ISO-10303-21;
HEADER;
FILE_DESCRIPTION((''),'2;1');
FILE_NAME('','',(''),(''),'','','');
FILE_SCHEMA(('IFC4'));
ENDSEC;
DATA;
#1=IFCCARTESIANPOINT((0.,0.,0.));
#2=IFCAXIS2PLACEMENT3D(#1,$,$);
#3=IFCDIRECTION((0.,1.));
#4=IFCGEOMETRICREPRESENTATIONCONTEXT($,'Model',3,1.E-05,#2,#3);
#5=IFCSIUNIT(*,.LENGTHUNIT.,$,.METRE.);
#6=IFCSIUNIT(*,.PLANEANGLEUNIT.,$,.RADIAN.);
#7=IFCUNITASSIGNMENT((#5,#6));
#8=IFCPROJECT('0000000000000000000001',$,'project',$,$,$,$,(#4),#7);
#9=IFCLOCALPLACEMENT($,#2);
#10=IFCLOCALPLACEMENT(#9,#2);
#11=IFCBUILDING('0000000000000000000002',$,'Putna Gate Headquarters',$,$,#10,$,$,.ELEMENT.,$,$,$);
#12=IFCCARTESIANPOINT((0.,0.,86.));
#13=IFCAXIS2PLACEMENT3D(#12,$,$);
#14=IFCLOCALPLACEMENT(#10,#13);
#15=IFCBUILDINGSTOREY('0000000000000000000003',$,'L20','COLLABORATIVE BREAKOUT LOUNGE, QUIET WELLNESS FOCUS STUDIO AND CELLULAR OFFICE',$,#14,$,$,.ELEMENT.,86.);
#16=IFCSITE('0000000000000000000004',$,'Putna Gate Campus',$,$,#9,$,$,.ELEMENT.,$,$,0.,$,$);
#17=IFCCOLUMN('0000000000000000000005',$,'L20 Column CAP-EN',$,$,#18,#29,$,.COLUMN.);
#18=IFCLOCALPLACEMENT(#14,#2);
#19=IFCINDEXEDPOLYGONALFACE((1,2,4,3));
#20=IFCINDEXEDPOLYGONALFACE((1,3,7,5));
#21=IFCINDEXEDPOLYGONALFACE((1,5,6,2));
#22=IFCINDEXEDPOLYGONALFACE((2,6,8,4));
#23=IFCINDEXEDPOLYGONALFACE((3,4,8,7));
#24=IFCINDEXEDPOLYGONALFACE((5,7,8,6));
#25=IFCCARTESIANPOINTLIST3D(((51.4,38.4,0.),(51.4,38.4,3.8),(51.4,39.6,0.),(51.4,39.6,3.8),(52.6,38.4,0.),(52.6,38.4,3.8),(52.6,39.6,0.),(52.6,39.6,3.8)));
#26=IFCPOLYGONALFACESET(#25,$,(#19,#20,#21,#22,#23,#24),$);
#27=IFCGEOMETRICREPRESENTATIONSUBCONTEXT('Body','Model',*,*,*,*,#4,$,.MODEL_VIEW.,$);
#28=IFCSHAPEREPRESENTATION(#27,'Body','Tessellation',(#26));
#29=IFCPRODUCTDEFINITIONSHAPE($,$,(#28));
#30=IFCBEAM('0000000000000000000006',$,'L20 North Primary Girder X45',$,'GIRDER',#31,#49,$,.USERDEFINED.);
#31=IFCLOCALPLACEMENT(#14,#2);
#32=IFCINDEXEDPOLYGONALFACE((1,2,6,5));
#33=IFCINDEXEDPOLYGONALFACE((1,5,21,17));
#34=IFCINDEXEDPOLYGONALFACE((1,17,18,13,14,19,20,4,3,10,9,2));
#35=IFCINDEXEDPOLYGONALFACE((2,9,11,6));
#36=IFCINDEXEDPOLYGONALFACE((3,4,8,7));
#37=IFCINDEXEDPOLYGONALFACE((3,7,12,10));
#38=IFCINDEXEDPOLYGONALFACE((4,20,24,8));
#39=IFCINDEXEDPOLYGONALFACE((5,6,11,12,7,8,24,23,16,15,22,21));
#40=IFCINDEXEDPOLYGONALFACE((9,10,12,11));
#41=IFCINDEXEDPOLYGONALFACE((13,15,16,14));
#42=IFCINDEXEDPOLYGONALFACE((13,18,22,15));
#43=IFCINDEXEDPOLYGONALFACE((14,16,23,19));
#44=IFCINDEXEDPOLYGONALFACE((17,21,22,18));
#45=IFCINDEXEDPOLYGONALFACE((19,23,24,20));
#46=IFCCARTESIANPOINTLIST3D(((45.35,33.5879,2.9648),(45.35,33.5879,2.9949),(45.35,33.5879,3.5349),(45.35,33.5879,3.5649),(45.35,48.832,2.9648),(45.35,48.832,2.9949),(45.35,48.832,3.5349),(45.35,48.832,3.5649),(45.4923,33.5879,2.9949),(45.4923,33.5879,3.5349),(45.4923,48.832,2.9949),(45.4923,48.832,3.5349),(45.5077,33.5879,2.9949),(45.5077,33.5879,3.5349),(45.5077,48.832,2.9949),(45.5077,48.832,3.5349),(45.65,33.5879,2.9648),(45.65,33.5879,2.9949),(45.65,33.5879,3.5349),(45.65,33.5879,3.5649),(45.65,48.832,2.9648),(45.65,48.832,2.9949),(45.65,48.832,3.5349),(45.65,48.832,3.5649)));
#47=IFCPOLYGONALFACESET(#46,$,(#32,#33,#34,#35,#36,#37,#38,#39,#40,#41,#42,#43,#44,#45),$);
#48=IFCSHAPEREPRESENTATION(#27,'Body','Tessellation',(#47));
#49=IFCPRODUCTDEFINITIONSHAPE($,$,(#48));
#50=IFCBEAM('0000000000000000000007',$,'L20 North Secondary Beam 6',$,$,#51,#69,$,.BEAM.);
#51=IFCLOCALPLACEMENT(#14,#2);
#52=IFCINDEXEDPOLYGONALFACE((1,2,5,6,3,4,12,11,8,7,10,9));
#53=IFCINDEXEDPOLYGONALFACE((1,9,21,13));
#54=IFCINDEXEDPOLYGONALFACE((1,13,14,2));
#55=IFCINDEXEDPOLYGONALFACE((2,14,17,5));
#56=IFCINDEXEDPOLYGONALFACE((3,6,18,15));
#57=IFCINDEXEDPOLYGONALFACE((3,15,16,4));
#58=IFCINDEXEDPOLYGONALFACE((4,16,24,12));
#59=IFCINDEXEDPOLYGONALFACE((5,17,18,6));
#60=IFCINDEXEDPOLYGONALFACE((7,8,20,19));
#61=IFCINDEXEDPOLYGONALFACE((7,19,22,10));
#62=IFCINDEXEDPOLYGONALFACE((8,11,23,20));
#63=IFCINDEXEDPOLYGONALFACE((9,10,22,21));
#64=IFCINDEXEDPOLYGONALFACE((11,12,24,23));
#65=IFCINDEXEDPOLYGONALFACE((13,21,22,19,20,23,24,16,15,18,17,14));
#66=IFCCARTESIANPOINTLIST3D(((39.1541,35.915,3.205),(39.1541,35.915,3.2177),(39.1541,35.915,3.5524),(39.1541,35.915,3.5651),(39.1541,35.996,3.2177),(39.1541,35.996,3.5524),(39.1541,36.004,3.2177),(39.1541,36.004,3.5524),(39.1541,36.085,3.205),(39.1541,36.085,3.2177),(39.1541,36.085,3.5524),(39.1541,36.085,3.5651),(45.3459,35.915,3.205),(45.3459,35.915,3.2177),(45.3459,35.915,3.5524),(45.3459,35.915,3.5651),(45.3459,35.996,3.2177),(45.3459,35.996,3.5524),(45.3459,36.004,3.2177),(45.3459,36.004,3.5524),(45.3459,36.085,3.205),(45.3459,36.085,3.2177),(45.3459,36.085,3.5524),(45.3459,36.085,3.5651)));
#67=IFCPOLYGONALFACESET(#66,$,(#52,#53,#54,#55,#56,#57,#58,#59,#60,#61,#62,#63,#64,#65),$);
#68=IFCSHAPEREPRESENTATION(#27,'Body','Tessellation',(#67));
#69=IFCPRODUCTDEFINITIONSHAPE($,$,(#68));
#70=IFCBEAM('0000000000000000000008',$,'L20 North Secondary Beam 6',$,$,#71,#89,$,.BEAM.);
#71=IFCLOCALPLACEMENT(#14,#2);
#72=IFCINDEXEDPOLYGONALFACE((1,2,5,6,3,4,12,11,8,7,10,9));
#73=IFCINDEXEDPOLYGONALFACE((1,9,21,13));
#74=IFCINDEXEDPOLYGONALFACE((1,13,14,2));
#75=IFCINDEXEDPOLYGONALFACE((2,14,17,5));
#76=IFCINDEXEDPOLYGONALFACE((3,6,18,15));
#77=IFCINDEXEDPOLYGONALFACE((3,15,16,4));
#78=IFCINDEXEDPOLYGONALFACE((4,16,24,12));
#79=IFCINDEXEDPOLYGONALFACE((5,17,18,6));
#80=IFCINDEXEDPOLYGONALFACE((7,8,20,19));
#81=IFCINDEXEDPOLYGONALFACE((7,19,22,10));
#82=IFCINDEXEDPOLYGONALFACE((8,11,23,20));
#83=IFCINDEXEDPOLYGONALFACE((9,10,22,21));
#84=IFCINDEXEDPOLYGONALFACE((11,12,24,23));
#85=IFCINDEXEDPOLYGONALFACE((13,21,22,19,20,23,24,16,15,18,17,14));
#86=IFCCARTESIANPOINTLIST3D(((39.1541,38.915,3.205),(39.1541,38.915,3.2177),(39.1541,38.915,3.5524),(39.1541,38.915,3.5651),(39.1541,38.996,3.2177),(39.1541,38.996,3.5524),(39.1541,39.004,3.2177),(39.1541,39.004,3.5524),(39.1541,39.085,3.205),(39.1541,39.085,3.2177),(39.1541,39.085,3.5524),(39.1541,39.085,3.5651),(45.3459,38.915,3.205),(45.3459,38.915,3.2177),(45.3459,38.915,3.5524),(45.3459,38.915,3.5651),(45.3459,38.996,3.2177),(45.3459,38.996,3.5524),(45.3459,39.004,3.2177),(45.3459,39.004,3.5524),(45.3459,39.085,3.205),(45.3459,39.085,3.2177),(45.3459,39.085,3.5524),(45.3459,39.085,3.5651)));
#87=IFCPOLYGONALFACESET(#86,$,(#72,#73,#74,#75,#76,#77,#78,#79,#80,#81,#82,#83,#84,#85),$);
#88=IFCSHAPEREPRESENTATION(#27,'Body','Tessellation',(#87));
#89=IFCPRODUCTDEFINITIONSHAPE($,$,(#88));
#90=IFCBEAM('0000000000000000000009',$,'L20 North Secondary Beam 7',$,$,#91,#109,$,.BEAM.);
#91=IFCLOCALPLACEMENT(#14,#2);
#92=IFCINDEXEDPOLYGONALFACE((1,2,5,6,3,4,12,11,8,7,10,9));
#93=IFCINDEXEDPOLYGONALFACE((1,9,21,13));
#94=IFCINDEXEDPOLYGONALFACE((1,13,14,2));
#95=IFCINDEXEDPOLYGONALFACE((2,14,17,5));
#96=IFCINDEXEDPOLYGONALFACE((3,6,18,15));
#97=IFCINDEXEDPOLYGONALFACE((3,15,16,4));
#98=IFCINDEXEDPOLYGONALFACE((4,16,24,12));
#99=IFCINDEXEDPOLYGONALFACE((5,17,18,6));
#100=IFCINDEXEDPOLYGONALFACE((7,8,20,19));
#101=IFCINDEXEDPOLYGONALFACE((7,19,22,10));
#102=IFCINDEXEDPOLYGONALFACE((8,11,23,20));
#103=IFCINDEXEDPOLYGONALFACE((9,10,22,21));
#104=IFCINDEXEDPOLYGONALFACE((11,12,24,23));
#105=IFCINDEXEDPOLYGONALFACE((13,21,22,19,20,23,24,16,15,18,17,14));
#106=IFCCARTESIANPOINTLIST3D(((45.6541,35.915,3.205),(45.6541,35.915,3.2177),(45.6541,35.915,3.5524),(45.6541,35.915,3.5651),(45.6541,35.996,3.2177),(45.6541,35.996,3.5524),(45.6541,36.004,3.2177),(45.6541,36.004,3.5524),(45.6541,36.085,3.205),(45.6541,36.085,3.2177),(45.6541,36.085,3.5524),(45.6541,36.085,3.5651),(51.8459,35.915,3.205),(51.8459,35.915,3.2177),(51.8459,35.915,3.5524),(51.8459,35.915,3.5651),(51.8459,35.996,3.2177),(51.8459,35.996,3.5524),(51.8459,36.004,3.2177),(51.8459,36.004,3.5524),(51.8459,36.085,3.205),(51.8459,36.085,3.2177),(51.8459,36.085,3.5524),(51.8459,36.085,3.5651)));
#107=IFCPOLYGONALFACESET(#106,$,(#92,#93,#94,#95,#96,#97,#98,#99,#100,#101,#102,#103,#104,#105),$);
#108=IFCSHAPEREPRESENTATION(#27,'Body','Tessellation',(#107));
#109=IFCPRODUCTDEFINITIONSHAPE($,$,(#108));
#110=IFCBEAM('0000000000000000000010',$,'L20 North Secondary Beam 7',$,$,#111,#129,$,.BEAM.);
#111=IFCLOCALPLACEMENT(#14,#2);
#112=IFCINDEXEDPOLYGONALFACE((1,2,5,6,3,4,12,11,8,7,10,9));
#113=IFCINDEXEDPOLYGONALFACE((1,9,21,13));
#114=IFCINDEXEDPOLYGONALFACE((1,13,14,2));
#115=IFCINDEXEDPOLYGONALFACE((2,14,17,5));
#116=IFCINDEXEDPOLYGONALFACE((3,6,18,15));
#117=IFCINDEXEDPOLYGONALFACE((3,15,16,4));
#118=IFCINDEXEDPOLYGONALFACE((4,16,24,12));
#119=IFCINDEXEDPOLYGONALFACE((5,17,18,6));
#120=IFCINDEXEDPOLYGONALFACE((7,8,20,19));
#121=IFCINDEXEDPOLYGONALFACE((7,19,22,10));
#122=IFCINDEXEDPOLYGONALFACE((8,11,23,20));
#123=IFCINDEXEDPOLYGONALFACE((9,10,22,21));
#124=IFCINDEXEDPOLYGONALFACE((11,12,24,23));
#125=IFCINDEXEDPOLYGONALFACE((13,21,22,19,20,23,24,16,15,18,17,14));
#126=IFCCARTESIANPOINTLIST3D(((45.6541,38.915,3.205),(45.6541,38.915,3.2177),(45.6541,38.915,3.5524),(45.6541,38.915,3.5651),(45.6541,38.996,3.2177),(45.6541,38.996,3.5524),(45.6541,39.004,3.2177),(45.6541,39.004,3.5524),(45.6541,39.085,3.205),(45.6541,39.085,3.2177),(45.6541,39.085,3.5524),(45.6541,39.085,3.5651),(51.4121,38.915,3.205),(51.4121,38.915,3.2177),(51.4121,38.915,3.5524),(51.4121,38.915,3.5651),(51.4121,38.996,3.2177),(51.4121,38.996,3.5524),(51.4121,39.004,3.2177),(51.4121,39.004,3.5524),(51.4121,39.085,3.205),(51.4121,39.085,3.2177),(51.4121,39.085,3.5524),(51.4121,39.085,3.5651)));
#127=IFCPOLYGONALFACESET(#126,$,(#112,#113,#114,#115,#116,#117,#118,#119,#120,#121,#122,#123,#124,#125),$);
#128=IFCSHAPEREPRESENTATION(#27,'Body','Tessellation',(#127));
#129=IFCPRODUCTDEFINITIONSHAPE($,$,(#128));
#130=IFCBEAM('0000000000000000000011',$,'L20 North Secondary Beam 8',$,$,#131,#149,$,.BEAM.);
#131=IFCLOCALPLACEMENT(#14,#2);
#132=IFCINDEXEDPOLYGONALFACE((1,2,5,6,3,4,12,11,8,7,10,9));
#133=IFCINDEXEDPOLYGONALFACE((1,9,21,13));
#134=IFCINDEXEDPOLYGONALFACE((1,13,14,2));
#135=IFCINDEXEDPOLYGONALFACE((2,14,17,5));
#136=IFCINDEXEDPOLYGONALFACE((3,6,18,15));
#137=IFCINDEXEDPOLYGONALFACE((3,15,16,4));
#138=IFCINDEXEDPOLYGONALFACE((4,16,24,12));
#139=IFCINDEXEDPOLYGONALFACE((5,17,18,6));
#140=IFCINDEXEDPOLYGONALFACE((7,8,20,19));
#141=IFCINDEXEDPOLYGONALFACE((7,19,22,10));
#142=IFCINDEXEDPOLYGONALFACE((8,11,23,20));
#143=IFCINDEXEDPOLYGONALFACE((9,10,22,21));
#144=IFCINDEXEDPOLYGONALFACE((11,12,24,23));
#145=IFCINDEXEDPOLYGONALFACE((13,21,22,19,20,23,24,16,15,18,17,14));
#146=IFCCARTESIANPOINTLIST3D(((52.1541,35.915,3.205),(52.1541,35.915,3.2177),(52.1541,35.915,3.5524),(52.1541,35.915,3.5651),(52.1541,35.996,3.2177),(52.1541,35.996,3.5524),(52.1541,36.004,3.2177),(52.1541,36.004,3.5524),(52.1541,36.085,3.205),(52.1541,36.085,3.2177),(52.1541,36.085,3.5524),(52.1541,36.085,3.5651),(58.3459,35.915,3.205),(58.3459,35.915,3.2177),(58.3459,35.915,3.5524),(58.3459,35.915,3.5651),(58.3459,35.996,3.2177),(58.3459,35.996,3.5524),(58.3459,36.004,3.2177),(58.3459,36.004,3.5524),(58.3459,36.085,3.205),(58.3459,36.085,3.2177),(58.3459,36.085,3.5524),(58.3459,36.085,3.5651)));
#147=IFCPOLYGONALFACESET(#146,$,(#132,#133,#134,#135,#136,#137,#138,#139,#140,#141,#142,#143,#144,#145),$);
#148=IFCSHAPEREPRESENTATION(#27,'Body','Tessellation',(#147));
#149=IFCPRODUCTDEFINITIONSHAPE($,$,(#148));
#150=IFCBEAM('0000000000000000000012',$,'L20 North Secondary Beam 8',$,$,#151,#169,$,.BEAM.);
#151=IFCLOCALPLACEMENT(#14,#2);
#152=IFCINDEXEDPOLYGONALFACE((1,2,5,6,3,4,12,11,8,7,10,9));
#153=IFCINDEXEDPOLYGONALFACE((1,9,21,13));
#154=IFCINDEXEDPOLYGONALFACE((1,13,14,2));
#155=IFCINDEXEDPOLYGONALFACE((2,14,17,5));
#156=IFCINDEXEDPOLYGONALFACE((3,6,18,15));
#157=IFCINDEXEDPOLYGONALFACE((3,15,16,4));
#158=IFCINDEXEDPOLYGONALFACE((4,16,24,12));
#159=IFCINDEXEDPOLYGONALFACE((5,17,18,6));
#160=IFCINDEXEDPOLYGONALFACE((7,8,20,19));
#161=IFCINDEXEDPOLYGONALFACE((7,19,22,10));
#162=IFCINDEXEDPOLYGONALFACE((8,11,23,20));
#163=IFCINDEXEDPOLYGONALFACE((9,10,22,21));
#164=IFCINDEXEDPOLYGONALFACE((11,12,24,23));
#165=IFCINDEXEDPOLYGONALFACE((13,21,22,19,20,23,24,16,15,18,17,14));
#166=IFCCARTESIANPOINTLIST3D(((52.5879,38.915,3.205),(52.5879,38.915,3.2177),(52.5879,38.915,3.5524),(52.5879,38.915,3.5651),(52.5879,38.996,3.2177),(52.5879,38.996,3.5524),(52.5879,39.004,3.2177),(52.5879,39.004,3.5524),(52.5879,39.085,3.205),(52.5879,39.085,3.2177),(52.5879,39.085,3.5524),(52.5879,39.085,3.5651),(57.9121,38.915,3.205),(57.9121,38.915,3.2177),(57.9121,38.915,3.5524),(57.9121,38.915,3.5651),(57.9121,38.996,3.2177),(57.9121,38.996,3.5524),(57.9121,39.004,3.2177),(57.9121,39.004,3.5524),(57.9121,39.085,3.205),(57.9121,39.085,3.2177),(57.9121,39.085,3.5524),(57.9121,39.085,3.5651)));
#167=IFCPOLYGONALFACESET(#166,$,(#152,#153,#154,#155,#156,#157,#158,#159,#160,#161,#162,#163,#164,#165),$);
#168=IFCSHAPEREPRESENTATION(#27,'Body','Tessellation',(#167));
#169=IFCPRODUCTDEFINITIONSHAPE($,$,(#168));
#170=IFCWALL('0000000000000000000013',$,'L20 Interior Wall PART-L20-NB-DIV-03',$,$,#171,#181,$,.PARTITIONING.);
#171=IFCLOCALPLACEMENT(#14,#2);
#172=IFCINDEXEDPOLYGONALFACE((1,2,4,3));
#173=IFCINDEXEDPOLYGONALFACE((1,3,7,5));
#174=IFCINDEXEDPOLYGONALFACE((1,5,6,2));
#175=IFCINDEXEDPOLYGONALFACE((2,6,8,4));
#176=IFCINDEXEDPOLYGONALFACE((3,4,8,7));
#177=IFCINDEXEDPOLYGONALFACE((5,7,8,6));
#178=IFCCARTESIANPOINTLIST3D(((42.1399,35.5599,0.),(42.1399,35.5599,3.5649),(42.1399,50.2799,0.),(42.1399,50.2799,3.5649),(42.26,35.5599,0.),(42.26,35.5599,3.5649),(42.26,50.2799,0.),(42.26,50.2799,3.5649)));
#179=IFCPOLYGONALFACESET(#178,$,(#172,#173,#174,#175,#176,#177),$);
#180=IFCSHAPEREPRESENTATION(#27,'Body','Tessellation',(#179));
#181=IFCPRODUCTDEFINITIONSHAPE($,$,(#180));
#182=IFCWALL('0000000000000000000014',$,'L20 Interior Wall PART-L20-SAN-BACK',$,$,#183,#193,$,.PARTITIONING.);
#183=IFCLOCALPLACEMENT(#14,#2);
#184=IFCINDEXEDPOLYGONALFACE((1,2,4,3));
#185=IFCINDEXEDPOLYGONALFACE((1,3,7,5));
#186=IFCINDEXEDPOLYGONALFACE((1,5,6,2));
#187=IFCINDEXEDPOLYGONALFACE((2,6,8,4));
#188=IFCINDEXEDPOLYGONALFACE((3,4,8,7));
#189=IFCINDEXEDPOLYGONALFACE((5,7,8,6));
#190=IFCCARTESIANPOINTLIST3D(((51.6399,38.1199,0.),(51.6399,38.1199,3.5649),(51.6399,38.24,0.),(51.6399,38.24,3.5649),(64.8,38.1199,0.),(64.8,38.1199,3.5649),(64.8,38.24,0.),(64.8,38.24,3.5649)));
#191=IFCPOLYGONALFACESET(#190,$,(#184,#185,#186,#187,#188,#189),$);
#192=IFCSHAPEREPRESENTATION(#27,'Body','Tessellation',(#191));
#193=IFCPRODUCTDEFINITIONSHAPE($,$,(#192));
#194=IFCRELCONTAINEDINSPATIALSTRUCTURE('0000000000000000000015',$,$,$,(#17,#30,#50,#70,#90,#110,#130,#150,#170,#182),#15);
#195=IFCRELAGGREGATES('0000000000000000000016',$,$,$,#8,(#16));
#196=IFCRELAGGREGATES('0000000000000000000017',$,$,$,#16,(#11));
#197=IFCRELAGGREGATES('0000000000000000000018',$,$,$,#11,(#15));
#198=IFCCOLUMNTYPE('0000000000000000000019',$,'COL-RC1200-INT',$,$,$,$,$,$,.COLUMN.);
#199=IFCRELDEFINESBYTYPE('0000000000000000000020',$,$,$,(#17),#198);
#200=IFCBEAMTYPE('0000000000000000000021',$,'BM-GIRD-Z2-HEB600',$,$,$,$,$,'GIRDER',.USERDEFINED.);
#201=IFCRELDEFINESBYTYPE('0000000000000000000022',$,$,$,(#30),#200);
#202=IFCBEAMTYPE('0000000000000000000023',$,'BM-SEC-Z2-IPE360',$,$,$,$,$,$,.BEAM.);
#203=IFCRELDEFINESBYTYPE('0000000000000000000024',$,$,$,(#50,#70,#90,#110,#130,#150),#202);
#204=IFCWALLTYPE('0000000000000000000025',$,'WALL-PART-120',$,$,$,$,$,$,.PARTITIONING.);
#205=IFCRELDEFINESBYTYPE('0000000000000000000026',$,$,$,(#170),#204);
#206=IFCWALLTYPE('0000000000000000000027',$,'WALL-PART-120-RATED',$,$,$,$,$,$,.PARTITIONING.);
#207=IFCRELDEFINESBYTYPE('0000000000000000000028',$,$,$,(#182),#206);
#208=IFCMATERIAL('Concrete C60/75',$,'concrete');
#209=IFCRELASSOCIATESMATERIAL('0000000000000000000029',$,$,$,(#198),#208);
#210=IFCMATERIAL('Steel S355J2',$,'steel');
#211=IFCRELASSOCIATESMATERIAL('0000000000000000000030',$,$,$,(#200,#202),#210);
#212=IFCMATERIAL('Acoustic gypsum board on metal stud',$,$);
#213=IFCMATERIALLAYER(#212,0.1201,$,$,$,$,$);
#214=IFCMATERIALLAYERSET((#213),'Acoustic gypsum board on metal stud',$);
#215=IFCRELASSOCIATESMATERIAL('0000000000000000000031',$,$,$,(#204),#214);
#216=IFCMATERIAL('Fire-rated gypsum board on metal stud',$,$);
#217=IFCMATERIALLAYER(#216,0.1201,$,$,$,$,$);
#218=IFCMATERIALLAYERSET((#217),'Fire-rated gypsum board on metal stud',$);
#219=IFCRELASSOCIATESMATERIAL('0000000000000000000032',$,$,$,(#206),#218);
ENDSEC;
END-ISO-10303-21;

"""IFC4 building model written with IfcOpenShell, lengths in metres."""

from ifc_helpers import new_model, si_unit, direction, frame, frame_2d, origin, origin_2d, place, context, subcontext, project, spatial, rectangle, i_section, extrude, material, layer, layer_set, material_profile, profile_set, type_object, element, save


model = new_model("IFC4")

# Units and contexts
model_context = context("Model", 3, precision=1e-05, world=origin(), true_north=direction((0.0, 1.0)))
body_context = subcontext(model_context, "Body", "Model", "MODEL_VIEW")
ifc_project = project(units=[si_unit("LENGTHUNIT", "METRE"), si_unit("PLANEANGLEUNIT", "RADIAN")], contexts=[model_context])

# Site, building, storey
site_placement = place(None, origin())
site = spatial("IfcSite", under=ifc_project, at=site_placement, Name="Putna Gate Campus", CompositionType="ELEMENT", RefElevation=0.0)
building_placement = place(site_placement, origin())
building = spatial("IfcBuilding", under=site, at=building_placement, Name="Putna Gate Headquarters", CompositionType="ELEMENT")
storey_placement = place(building_placement, frame((0.0, 0.0, 86.0)))
storey = spatial("IfcBuildingStorey", under=building, at=storey_placement, Name="L20", Description="COLLABORATIVE BREAKOUT LOUNGE, QUIET WELLNESS FOCUS STUDIO AND CELLULAR OFFICE", CompositionType="ELEMENT", Elevation=86.0)

# Column
ifc_material_1 = material(Name="Concrete C60/75", Category="concrete")
ifc_material_profile_1 = material_profile(ifc_material_1, rectangle(XDim=1.2, YDim=1.2, at=origin_2d()), Name="Concrete C60/75")
ifc_profile_set_1 = profile_set([ifc_material_profile_1], Name="Concrete C60/75")
column_type = type_object("IfcColumnType", Name="COL-RC1200-INT", PredefinedType="COLUMN", material=ifc_profile_set_1)
column_placement = place(storey_placement, frame((52.0, 39.0, 0.0), z_axis=(0.0, 0.0, 1.0), x_axis=(1.0, 0.0, 0.0)))
element("IfcColumn", 1, at=column_placement, inside=storey, type_object=column_type, Name="L20 Column CAP-EN", PredefinedType="COLUMN", context=body_context, shape_type="SweptSolid", body=[
    extrude(rectangle(XDim=1.2, YDim=1.2, at=origin_2d()), origin(), (0.0, 0.0, 1.0), 3.8),
])

# Beams
ifc_material_2 = material(Name="Steel S355J2", Category="steel")
ifc_material_profile_2 = material_profile(ifc_material_2, i_section(OverallWidth=0.3, OverallDepth=0.6001, WebThickness=0.0154, FlangeThickness=0.03, at=origin_2d()), Name="Steel S355J2")
ifc_profile_set_2 = profile_set([ifc_material_profile_2], Name="Steel S355J2")
beam_type_1 = type_object("IfcBeamType", Name="BM-GIRD-Z2-HEB600", ElementType="GIRDER", PredefinedType="USERDEFINED", material=ifc_profile_set_2)
beam_1_placement = place(storey_placement, frame((45.5, 33.5879, 3.2649), z_axis=(0.0, 1.0, 0.0), x_axis=(-1.0, 0.0, 0.0)))
element("IfcBeam", 2, at=beam_1_placement, inside=storey, type_object=beam_type_1, Name="L20 North Primary Girder X45", ObjectType="GIRDER", PredefinedType="USERDEFINED", context=body_context, shape_type="SweptSolid", body=[
    extrude(i_section(OverallWidth=0.3, OverallDepth=0.6001, WebThickness=0.0154, FlangeThickness=0.03, at=origin_2d()), origin(), (0.0, 0.0, 1.0), 15.2441),
])
ifc_material_profile_3 = material_profile(ifc_material_2, i_section(OverallWidth=0.1699, OverallDepth=0.3601, WebThickness=0.0081, FlangeThickness=0.0127, at=origin_2d()), Name="Steel S355J2")
ifc_profile_set_3 = profile_set([ifc_material_profile_3], Name="Steel S355J2")
beam_type_2 = type_object("IfcBeamType", Name="BM-SEC-Z2-IPE360", PredefinedType="BEAM", material=ifc_profile_set_3)
for number, where, z_axis, x_axis, name in (
    (3, (39.1541, 36.0, 3.385), (1.0, 0.0, 0.0), (0.0, 1.0, 0.0), "L20 North Secondary Beam 6"),
    (4, (39.1541, 39.0, 3.385), (1.0, 0.0, 0.0), (0.0, 1.0, 0.0), "L20 North Secondary Beam 6"),
    (5, (45.6541, 36.0, 3.385), (1.0, 0.0, 0.0), (0.0, 1.0, 0.0), "L20 North Secondary Beam 7"),
):
    element("IfcBeam", number, at=place(storey_placement, frame(where, z_axis=z_axis, x_axis=x_axis)), inside=storey, type_object=beam_type_2, Name=name, PredefinedType="BEAM", context=body_context, shape_type="SweptSolid", body=[
        extrude(i_section(OverallWidth=0.1699, OverallDepth=0.3601, WebThickness=0.0081, FlangeThickness=0.0127, at=origin_2d()), origin(), (0.0, 0.0, 1.0), 6.1919),
    ])
beam_2_placement = place(storey_placement, frame((45.6541, 39.0, 3.385), z_axis=(1.0, 0.0, 0.0), x_axis=(0.0, 1.0, 0.0)))
element("IfcBeam", 6, at=beam_2_placement, inside=storey, type_object=beam_type_2, Name="L20 North Secondary Beam 7", PredefinedType="BEAM", context=body_context, shape_type="SweptSolid", body=[
    extrude(i_section(OverallWidth=0.1699, OverallDepth=0.3601, WebThickness=0.0081, FlangeThickness=0.0127, at=origin_2d()), origin(), (0.0, 0.0, 1.0), 5.7581),
])
beam_3_placement = place(storey_placement, frame((52.1541, 36.0, 3.385), z_axis=(1.0, 0.0, 0.0), x_axis=(0.0, 1.0, 0.0)))
element("IfcBeam", 7, at=beam_3_placement, inside=storey, type_object=beam_type_2, Name="L20 North Secondary Beam 8", PredefinedType="BEAM", context=body_context, shape_type="SweptSolid", body=[
    extrude(i_section(OverallWidth=0.1699, OverallDepth=0.3601, WebThickness=0.0081, FlangeThickness=0.0127, at=origin_2d()), origin(), (0.0, 0.0, 1.0), 6.1919),
])
beam_4_placement = place(storey_placement, frame((52.5879, 39.0, 3.385), z_axis=(1.0, 0.0, 0.0), x_axis=(0.0, 1.0, 0.0)))
element("IfcBeam", 8, at=beam_4_placement, inside=storey, type_object=beam_type_2, Name="L20 North Secondary Beam 8", PredefinedType="BEAM", context=body_context, shape_type="SweptSolid", body=[
    extrude(i_section(OverallWidth=0.1699, OverallDepth=0.3601, WebThickness=0.0081, FlangeThickness=0.0127, at=origin_2d()), origin(), (0.0, 0.0, 1.0), 5.3242),
])

# Wall
ifc_material_3 = material(Name="Acoustic gypsum board on metal stud")
ifc_layer_1 = layer(ifc_material_3, 0.1201)
ifc_layer_set_1 = layer_set([ifc_layer_1], Name="Acoustic gypsum board on metal stud")
wall_type_1 = type_object("IfcWallType", Name="WALL-PART-120", PredefinedType="PARTITIONING", material=ifc_layer_set_1)
wall_1_placement = place(storey_placement, frame((42.2, 35.5601, 0.0), z_axis=(0.0, 0.0, 1.0), x_axis=(0.0, 1.0, 0.0)))
element("IfcWall", 9, at=wall_1_placement, inside=storey, type_object=wall_type_1, Name="L20 Interior Wall PART-L20-NB-DIV-03", PredefinedType="PARTITIONING", context=body_context, shape_type="SweptSolid", body=[
    extrude(rectangle(XDim=14.72, YDim=0.1201, at=frame_2d((7.3599, 0.0))), origin(), (0.0, 0.0, 1.0), 3.5649),
])

# Shared definitions
ifc_material_4 = material(Name="Fire-rated gypsum board on metal stud")
ifc_layer_2 = layer(ifc_material_4, 0.1201)
ifc_layer_set_2 = layer_set([ifc_layer_2], Name="Fire-rated gypsum board on metal stud")
wall_type_2 = type_object("IfcWallType", Name="WALL-PART-120-RATED", PredefinedType="PARTITIONING", material=ifc_layer_set_2)

# Wall
wall_2_placement = place(storey_placement, frame((51.6399, 38.1799, 0.0), z_axis=(0.0, 0.0, 1.0), x_axis=(1.0, 0.0, 0.0)))
element("IfcWall", 10, at=wall_2_placement, inside=storey, type_object=wall_type_2, Name="L20 Interior Wall PART-L20-SAN-BACK", PredefinedType="PARTITIONING", context=body_context, shape_type="SweptSolid", body=[
    extrude(rectangle(XDim=13.1602, YDim=0.1201, at=frame_2d((6.5801, 0.0))), origin(), (0.0, 0.0, 1.0), 3.5649),
])

save(model, "model.ifc")
